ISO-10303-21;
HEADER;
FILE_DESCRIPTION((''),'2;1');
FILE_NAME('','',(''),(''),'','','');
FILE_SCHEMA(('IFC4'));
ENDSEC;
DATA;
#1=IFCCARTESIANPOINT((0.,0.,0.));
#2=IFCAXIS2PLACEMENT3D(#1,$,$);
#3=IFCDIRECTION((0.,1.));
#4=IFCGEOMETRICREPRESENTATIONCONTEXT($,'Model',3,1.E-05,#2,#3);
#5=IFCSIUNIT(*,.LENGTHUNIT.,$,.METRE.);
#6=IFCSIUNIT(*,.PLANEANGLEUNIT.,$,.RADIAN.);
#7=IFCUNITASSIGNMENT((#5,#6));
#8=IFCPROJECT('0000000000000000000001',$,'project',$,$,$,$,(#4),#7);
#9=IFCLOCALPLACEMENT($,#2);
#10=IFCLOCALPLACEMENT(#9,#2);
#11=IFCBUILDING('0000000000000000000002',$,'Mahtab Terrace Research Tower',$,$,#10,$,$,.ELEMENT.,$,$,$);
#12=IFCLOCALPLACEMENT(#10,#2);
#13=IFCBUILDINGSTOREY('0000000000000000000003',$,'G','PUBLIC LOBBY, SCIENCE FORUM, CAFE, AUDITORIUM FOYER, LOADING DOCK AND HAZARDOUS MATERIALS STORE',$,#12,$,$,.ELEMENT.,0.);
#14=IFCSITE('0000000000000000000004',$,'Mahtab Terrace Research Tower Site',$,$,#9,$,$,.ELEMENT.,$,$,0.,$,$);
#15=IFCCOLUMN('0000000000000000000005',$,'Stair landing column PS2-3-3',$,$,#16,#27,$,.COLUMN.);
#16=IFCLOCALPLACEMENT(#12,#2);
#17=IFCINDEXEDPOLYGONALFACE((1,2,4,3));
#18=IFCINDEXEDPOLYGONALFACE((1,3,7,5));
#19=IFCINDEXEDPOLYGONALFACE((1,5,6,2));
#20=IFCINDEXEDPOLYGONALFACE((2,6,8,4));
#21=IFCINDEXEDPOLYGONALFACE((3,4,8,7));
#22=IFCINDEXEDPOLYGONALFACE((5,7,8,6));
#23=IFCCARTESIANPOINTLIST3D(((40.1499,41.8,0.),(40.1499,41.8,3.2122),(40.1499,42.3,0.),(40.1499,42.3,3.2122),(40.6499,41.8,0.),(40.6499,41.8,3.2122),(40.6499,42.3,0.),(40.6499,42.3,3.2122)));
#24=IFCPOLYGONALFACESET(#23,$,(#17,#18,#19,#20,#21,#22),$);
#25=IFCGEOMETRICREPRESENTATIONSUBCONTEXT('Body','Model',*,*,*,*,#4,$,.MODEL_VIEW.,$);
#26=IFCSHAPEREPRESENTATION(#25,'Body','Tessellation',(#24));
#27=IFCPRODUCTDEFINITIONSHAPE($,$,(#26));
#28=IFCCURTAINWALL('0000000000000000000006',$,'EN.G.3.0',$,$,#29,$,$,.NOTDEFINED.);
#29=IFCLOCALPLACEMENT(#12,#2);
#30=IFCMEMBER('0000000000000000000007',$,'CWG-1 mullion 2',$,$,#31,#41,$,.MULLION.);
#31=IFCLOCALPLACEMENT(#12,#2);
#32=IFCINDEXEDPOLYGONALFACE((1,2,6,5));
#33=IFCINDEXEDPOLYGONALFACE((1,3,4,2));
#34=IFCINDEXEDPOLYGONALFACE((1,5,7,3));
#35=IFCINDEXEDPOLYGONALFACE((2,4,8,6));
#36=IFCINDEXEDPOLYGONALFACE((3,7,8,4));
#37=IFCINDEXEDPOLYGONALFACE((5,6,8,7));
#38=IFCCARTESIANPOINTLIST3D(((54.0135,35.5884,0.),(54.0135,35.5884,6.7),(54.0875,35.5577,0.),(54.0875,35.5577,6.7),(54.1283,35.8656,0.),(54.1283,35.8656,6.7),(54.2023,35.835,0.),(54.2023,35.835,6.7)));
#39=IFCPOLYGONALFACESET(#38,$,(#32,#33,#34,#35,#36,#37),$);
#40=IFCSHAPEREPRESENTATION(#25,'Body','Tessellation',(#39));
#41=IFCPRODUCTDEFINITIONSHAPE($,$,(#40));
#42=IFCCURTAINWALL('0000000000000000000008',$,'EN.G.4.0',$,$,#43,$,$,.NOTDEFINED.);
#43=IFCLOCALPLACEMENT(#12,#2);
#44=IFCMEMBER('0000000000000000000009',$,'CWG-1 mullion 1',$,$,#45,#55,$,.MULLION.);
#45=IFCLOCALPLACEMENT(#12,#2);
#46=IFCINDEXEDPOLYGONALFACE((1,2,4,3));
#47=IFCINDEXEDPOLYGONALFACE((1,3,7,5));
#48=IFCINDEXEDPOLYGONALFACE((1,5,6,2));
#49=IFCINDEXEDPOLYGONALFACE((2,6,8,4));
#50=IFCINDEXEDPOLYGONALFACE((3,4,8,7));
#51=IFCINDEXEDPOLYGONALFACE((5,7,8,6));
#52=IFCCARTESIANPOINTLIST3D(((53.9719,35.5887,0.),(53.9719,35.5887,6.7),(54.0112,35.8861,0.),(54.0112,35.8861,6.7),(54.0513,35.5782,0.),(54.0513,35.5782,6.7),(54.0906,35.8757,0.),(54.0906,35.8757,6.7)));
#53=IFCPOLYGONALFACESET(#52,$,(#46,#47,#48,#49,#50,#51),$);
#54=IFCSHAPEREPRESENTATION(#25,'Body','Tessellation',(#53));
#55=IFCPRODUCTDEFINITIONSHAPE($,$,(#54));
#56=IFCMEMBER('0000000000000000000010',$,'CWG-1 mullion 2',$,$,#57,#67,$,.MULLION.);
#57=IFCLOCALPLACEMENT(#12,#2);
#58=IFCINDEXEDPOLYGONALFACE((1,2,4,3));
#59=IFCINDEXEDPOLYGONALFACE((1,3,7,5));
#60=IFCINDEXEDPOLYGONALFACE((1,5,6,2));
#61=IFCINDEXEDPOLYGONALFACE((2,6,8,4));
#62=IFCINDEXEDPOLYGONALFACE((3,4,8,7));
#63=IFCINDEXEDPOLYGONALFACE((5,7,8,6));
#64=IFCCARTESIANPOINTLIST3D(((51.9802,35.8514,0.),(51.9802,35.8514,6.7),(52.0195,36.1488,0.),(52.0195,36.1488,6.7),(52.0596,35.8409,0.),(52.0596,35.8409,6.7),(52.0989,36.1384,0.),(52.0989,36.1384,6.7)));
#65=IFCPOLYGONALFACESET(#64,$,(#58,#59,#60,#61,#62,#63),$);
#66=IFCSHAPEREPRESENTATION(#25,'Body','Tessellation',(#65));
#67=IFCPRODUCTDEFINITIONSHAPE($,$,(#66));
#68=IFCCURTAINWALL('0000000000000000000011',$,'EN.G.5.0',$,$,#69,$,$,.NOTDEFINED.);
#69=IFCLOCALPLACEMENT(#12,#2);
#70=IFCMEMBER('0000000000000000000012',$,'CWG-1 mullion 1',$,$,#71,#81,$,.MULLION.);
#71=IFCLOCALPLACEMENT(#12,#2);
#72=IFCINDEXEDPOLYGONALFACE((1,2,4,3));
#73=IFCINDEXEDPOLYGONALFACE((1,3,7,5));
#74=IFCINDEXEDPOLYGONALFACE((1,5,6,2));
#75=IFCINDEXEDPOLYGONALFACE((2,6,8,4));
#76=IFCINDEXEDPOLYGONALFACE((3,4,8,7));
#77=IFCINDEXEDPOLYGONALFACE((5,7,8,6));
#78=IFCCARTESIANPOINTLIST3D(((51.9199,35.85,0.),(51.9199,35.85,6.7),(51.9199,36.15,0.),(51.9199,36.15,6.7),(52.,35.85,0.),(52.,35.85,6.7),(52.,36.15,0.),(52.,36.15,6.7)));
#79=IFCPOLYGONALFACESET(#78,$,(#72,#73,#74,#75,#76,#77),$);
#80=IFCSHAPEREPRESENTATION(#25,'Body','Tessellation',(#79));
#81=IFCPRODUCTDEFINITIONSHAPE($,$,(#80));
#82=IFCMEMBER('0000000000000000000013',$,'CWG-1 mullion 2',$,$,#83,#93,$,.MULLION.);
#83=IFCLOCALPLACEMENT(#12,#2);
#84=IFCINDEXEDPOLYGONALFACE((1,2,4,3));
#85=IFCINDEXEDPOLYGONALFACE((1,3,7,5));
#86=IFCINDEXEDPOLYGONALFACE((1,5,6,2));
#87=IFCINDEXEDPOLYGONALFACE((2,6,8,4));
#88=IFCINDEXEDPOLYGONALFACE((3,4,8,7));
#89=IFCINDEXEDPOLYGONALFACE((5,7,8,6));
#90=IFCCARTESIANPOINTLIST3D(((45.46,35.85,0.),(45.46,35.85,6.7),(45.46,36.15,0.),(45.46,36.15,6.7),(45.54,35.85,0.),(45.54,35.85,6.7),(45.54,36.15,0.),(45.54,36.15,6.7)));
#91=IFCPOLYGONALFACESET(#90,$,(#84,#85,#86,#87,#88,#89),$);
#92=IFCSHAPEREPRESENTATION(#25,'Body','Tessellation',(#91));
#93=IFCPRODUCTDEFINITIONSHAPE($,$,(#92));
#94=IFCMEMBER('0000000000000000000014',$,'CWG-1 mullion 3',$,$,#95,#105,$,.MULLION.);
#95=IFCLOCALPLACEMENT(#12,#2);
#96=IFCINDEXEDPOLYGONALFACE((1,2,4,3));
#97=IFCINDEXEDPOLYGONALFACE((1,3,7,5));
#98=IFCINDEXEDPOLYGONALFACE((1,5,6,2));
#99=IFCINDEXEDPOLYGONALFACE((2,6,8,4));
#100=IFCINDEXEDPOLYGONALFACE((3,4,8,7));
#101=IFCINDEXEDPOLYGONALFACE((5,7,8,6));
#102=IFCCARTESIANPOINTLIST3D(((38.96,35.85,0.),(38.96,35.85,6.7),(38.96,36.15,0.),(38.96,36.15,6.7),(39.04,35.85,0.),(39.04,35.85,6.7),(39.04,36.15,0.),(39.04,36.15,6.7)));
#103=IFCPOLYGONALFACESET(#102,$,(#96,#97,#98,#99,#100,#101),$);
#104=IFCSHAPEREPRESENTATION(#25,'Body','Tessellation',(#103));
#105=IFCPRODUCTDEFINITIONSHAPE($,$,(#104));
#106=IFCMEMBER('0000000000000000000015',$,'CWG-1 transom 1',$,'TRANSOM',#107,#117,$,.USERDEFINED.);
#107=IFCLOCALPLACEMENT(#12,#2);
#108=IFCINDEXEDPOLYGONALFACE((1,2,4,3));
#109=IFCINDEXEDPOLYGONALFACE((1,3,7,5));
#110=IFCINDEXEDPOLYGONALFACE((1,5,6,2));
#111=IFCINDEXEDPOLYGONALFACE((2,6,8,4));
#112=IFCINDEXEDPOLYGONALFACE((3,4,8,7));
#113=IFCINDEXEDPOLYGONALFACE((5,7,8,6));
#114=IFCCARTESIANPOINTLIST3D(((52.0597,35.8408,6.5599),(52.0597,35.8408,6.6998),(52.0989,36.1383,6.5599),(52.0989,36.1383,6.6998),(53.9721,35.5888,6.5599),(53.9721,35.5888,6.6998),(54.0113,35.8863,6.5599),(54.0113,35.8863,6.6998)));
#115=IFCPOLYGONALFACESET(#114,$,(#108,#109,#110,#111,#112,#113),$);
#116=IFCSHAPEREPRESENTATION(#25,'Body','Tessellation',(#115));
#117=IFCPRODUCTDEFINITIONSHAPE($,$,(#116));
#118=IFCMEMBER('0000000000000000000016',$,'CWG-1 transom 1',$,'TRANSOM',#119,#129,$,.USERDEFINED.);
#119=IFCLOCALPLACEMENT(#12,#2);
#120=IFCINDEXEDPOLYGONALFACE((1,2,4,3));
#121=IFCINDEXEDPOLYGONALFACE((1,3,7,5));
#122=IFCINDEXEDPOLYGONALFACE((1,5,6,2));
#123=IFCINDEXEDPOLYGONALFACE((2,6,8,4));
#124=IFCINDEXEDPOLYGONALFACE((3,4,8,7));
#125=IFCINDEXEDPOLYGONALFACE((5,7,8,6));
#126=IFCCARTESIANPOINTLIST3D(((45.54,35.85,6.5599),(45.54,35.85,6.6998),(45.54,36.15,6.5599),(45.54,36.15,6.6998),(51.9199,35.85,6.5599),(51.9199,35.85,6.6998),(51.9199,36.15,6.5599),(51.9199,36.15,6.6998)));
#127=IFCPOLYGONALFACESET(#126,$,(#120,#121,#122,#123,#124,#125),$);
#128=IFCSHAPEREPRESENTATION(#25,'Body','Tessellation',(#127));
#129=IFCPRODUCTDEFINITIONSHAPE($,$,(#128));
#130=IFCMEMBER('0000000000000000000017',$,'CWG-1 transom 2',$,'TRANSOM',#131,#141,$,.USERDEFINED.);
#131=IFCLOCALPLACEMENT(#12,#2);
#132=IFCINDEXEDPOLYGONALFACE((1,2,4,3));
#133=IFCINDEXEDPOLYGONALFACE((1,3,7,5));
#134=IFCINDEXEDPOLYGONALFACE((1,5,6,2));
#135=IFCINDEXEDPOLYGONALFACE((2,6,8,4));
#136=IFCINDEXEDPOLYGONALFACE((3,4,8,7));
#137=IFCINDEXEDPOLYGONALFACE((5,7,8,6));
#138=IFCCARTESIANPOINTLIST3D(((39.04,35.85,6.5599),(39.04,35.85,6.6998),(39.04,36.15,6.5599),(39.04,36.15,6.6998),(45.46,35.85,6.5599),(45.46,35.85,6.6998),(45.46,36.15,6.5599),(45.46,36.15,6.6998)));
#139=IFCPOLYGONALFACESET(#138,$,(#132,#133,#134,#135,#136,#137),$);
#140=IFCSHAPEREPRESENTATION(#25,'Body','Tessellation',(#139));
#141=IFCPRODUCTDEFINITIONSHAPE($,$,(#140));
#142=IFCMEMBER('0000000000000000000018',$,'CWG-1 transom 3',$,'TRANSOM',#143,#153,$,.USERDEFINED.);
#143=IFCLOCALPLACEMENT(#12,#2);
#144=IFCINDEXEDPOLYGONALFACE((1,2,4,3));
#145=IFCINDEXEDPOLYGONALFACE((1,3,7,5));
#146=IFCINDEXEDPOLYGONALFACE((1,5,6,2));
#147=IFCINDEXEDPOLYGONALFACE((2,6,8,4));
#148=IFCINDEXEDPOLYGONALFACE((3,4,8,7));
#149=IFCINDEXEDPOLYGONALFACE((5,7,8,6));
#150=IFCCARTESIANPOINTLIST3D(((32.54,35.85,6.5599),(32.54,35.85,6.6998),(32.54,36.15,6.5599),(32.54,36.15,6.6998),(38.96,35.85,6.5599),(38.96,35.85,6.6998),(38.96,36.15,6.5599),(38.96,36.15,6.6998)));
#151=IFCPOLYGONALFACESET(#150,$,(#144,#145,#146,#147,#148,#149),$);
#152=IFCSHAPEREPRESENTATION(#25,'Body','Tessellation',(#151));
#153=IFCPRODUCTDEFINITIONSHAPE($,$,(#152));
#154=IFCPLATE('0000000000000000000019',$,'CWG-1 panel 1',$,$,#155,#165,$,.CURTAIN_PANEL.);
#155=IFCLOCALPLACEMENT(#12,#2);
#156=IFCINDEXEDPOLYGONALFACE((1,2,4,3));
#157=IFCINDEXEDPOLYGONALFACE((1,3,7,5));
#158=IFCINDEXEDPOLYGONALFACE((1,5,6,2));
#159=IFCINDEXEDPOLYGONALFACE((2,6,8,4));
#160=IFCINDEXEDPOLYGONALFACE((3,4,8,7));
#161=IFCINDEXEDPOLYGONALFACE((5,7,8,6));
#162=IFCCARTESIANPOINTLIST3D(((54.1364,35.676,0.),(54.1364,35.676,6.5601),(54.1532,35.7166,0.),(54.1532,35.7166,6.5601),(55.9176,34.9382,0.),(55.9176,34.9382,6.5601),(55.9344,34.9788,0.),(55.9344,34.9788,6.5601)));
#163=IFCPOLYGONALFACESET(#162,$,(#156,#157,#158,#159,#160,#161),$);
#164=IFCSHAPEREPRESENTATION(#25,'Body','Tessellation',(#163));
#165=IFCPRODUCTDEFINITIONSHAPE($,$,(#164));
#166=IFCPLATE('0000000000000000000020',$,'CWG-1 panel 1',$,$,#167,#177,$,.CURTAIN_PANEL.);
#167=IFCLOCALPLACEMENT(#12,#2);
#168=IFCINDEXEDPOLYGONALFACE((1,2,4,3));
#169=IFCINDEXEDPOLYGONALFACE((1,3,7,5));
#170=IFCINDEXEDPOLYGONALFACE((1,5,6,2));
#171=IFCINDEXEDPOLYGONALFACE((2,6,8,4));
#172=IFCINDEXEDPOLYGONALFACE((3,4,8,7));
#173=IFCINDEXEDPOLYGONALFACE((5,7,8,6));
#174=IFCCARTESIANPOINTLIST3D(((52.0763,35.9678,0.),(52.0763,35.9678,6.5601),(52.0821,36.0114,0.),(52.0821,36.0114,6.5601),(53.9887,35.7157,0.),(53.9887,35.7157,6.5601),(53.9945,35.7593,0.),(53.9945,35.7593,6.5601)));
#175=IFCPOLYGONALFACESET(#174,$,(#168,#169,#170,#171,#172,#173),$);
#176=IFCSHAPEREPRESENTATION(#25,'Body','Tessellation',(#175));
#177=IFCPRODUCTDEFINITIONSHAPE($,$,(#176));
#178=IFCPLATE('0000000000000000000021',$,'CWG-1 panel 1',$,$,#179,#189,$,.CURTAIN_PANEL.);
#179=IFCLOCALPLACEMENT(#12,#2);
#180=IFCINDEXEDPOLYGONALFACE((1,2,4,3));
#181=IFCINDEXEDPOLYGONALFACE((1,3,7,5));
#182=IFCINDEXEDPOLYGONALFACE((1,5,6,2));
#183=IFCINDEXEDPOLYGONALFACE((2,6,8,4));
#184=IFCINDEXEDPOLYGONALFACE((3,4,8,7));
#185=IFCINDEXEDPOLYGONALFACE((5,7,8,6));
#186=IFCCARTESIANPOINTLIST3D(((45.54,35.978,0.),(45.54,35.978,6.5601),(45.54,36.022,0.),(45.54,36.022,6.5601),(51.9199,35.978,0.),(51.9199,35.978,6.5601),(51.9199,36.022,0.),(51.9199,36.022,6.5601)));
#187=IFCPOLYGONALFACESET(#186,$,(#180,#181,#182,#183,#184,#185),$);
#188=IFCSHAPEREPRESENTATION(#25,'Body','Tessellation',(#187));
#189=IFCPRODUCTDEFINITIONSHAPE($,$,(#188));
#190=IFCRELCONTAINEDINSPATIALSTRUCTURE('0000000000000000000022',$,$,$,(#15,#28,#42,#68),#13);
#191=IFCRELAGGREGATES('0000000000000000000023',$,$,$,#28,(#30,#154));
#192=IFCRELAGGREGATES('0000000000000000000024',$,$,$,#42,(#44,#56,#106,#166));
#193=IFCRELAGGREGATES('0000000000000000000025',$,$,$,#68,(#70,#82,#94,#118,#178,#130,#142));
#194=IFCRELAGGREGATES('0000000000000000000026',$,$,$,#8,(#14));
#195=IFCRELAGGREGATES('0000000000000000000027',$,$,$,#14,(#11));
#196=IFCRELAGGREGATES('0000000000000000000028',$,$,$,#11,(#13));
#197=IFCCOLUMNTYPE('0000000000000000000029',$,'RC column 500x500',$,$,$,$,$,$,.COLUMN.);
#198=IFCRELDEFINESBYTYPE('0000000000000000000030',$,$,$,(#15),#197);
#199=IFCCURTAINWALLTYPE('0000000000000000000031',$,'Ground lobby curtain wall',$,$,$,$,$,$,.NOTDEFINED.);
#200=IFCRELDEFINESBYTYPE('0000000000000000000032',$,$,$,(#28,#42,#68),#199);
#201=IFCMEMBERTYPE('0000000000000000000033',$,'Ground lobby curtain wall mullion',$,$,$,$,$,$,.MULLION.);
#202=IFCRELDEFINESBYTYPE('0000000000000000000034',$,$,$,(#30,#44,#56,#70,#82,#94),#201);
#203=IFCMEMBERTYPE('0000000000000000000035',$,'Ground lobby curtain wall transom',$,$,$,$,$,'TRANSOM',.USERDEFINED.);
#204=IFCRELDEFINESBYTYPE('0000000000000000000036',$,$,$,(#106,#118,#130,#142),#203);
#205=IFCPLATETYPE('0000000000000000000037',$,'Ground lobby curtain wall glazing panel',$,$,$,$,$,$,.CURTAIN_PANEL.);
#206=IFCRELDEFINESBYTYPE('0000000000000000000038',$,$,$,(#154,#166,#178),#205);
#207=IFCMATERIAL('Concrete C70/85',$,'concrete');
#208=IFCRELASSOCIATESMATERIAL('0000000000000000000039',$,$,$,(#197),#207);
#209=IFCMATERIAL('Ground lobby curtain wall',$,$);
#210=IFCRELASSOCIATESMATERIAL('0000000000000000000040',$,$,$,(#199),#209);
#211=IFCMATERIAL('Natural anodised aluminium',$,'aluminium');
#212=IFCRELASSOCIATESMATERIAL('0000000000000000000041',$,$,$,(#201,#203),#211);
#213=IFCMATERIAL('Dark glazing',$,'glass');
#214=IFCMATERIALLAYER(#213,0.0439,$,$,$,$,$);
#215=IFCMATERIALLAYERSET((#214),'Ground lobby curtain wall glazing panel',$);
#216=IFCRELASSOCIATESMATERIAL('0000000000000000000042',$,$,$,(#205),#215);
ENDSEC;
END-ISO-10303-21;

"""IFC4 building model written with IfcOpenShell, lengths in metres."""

from ifc_helpers import new_model, si_unit, direction, frame, origin, origin_2d, place, context, subcontext, project, spatial, rectangle, extrude, material, layer, layer_set, material_profile, profile_set, type_object, element, aggregate, save


model = new_model("IFC4")

# Units and contexts
model_context = context("Model", 3, precision=1e-05, world=origin(), true_north=direction((0.0, 1.0)))
body_context = subcontext(model_context, "Body", "Model", "MODEL_VIEW")
ifc_project = project(units=[si_unit("LENGTHUNIT", "METRE"), si_unit("PLANEANGLEUNIT", "RADIAN")], contexts=[model_context])

# Site, building, storey
site_placement = place(None, origin())
site = spatial("IfcSite", under=ifc_project, at=site_placement, Name="Mahtab Terrace Research Tower Site", CompositionType="ELEMENT", RefElevation=0.0)
building_placement = place(site_placement, origin())
building = spatial("IfcBuilding", under=site, at=building_placement, Name="Mahtab Terrace Research Tower", CompositionType="ELEMENT")
storey_placement = place(building_placement, origin())
storey = spatial("IfcBuildingStorey", under=building, at=storey_placement, Name="G", Description="PUBLIC LOBBY, SCIENCE FORUM, CAFE, AUDITORIUM FOYER, LOADING DOCK AND HAZARDOUS MATERIALS STORE", CompositionType="ELEMENT", Elevation=0.0)

# Column
ifc_material_1 = material(Name="Concrete C70/85", Category="concrete")
ifc_material_profile_1 = material_profile(ifc_material_1, rectangle(XDim=0.5, YDim=0.5, at=origin_2d()), Name="RC column 500x500")
ifc_profile_set_1 = profile_set([ifc_material_profile_1], Name="Concrete C70/85")
column_type = type_object("IfcColumnType", Name="RC column 500x500", PredefinedType="COLUMN", material=ifc_profile_set_1)
column_placement = place(storey_placement, frame((40.3999, 42.05, 0.0), z_axis=(0.0, 0.0, 1.0), x_axis=(1.0, 0.0, 0.0)))
element("IfcColumn", 1, at=column_placement, inside=storey, type_object=column_type, Name="Stair landing column PS2-3-3", PredefinedType="COLUMN", context=body_context, shape_type="SweptSolid", body=[
    extrude(rectangle(XDim=0.5, YDim=0.5, at=origin_2d()), origin(), (0.0, 0.0, 1.0), 3.2122),
])

# Curtain wall, member
ifc_material_2 = material(Name="Ground lobby curtain wall")
curtain_wall_type = type_object("IfcCurtainWallType", Name="Ground lobby curtain wall", PredefinedType="NOTDEFINED", material=ifc_material_2)
curtain_wall_1_placement = place(storey_placement, origin())
curtain_wall_1 = element("IfcCurtainWall", 2, at=curtain_wall_1_placement, inside=storey, type_object=curtain_wall_type, Name="EN.G.3.0", PredefinedType="NOTDEFINED")
ifc_material_3 = material(Name="Natural anodised aluminium", Category="aluminium")
ifc_material_profile_2 = material_profile(ifc_material_3, rectangle(XDim=0.3, YDim=0.0801, at=origin_2d()), Name="MULLION 80x300")
ifc_profile_set_2 = profile_set([ifc_material_profile_2], Name="Natural anodised aluminium")
member_type_1 = type_object("IfcMemberType", Name="Ground lobby curtain wall mullion", PredefinedType="MULLION", material=ifc_profile_set_2)
member_1_placement = place(storey_placement, frame((54.1079, 35.7117, 0.0), z_axis=(0.0, 0.0, 1.0), x_axis=(-0.382676, -0.923883, 0.0)))
member_1 = element("IfcMember", 3, at=member_1_placement, type_object=member_type_1, Name="CWG-1 mullion 2", PredefinedType="MULLION", context=body_context, shape_type="SweptSolid", body=[
    extrude(rectangle(XDim=0.3, YDim=0.0801, at=origin_2d()), origin(), (0.0, 0.0, 1.0), 6.7),
])

# Curtain walls, members
curtain_wall_2_placement = place(storey_placement, origin())
curtain_wall_2 = element("IfcCurtainWall", 4, at=curtain_wall_2_placement, inside=storey, type_object=curtain_wall_type, Name="EN.G.4.0", PredefinedType="NOTDEFINED")
member_2_placement = place(storey_placement, frame((54.0312, 35.7322, 0.0), z_axis=(0.0, 0.0, 1.0), x_axis=(-0.13069, -0.991423, 0.0)))
member_2 = element("IfcMember", 5, at=member_2_placement, type_object=member_type_1, Name="CWG-1 mullion 1", PredefinedType="MULLION", context=body_context, shape_type="SweptSolid", body=[
    extrude(rectangle(XDim=0.3, YDim=0.0801, at=origin_2d()), origin(), (0.0, 0.0, 1.0), 6.7),
])
member_3_placement = place(storey_placement, frame((52.0396, 35.9949, 0.0), z_axis=(0.0, 0.0, 1.0), x_axis=(-0.13069, -0.991423, 0.0)))
member_3 = element("IfcMember", 6, at=member_3_placement, type_object=member_type_1, Name="CWG-1 mullion 2", PredefinedType="MULLION", context=body_context, shape_type="SweptSolid", body=[
    extrude(rectangle(XDim=0.3, YDim=0.0801, at=origin_2d()), origin(), (0.0, 0.0, 1.0), 6.7),
])
curtain_wall_3_placement = place(storey_placement, origin())
curtain_wall_3 = element("IfcCurtainWall", 7, at=curtain_wall_3_placement, inside=storey, type_object=curtain_wall_type, Name="EN.G.5.0", PredefinedType="NOTDEFINED")
member_4_placement = place(storey_placement, frame((51.96, 36.0, 0.0), z_axis=(0.0, 0.0, 1.0), x_axis=(0.0, -1.0, 0.0)))
member_4 = element("IfcMember", 8, at=member_4_placement, type_object=member_type_1, Name="CWG-1 mullion 1", PredefinedType="MULLION", context=body_context, shape_type="SweptSolid", body=[
    extrude(rectangle(XDim=0.3, YDim=0.0801, at=origin_2d()), origin(), (0.0, 0.0, 1.0), 6.7),
])
member_5_placement = place(storey_placement, frame((45.5, 36.0, 0.0), z_axis=(0.0, 0.0, 1.0), x_axis=(0.0, -1.0, 0.0)))
member_5 = element("IfcMember", 9, at=member_5_placement, type_object=member_type_1, Name="CWG-1 mullion 2", PredefinedType="MULLION", context=body_context, shape_type="SweptSolid", body=[
    extrude(rectangle(XDim=0.3, YDim=0.0801, at=origin_2d()), origin(), (0.0, 0.0, 1.0), 6.7),
])
member_6_placement = place(storey_placement, frame((39.0, 36.0, 0.0), z_axis=(0.0, 0.0, 1.0), x_axis=(0.0, -1.0, 0.0)))
member_6 = element("IfcMember", 10, at=member_6_placement, type_object=member_type_1, Name="CWG-1 mullion 3", PredefinedType="MULLION", context=body_context, shape_type="SweptSolid", body=[
    extrude(rectangle(XDim=0.3, YDim=0.0801, at=origin_2d()), origin(), (0.0, 0.0, 1.0), 6.7),
])

# Members
ifc_material_profile_3 = material_profile(ifc_material_3, rectangle(XDim=0.3, YDim=0.1399, at=origin_2d()), Name="TRANSOM 140x300")
ifc_profile_set_3 = profile_set([ifc_material_profile_3], Name="Natural anodised aluminium")
member_type_2 = type_object("IfcMemberType", Name="Ground lobby curtain wall transom", ElementType="TRANSOM", PredefinedType="USERDEFINED", material=ifc_profile_set_3)
member_7_placement = place(storey_placement, frame((53.9917, 35.7375, 6.6299), z_axis=(-0.991432, 0.130621, 0.0), x_axis=(-0.130621, -0.991432, 0.0)))
member_7 = element("IfcMember", 11, at=member_7_placement, type_object=member_type_2, Name="CWG-1 transom 1", ObjectType="TRANSOM", PredefinedType="USERDEFINED", context=body_context, shape_type="SweptSolid", body=[
    extrude(rectangle(XDim=0.3, YDim=0.1399, at=origin_2d()), origin(), (0.0, 0.0, 1.0), 1.929),
])
member_8_placement = place(storey_placement, frame((51.9199, 36.0, 6.6299), z_axis=(-1.0, 0.0, 0.0), x_axis=(0.0, -1.0, 0.0)))
member_8 = element("IfcMember", 12, at=member_8_placement, type_object=member_type_2, Name="CWG-1 transom 1", ObjectType="TRANSOM", PredefinedType="USERDEFINED", context=body_context, shape_type="SweptSolid", body=[
    extrude(rectangle(XDim=0.3, YDim=0.1399, at=origin_2d()), origin(), (0.0, 0.0, 1.0), 6.3799),
])
member_9_placement = place(storey_placement, frame((45.46, 36.0, 6.6299), z_axis=(-1.0, 0.0, 0.0), x_axis=(0.0, -1.0, 0.0)))
member_9 = element("IfcMember", 13, at=member_9_placement, type_object=member_type_2, Name="CWG-1 transom 2", ObjectType="TRANSOM", PredefinedType="USERDEFINED", context=body_context, shape_type="SweptSolid", body=[
    extrude(rectangle(XDim=0.3, YDim=0.1399, at=origin_2d()), origin(), (0.0, 0.0, 1.0), 6.4199),
])
member_10_placement = place(storey_placement, frame((38.96, 36.0, 6.6299), z_axis=(-1.0, 0.0, 0.0), x_axis=(0.0, -1.0, 0.0)))
member_10 = element("IfcMember", 14, at=member_10_placement, type_object=member_type_2, Name="CWG-1 transom 3", ObjectType="TRANSOM", PredefinedType="USERDEFINED", context=body_context, shape_type="SweptSolid", body=[
    extrude(rectangle(XDim=0.3, YDim=0.1399, at=origin_2d()), origin(), (0.0, 0.0, 1.0), 6.4199),
])

# Plates
ifc_material_4 = material(Name="Dark glazing", Category="glass")
ifc_layer_1 = layer(ifc_material_4, 0.0439)
ifc_layer_set_1 = layer_set([ifc_layer_1], Name="Ground lobby curtain wall glazing panel")
plate_type = type_object("IfcPlateType", Name="Ground lobby curtain wall glazing panel", PredefinedType="CURTAIN_PANEL", material=ifc_layer_set_1)
plate_1_placement = place(storey_placement, frame((55.0354, 35.3274, 0.0), z_axis=(0.0, 0.0, 1.0), x_axis=(-0.923883, 0.382676, 0.0)))
plate_1 = element("IfcPlate", 15, at=plate_1_placement, type_object=plate_type, Name="CWG-1 panel 1", PredefinedType="CURTAIN_PANEL", context=body_context, shape_type="SweptSolid", body=[
    extrude(rectangle(XDim=1.928, YDim=0.0439, at=origin_2d()), origin(), (0.0, 0.0, 1.0), 6.5601),
])
aggregate(curtain_wall_1, [member_1, plate_1])
plate_2_placement = place(storey_placement, frame((53.0354, 35.8635, 0.0), z_axis=(0.0, 0.0, 1.0), x_axis=(-0.991423, 0.13069, 0.0)))
plate_2 = element("IfcPlate", 16, at=plate_2_placement, type_object=plate_type, Name="CWG-1 panel 1", PredefinedType="CURTAIN_PANEL", context=body_context, shape_type="SweptSolid", body=[
    extrude(rectangle(XDim=1.929, YDim=0.0439, at=origin_2d()), origin(), (0.0, 0.0, 1.0), 6.5601),
])
aggregate(curtain_wall_2, [member_2, member_3, member_7, plate_2])
plate_3_placement = place(storey_placement, frame((48.73, 36.0, 0.0), z_axis=(0.0, 0.0, 1.0), x_axis=(-1.0, 0.0, 0.0)))
plate_3 = element("IfcPlate", 17, at=plate_3_placement, type_object=plate_type, Name="CWG-1 panel 1", PredefinedType="CURTAIN_PANEL", context=body_context, shape_type="SweptSolid", body=[
    extrude(rectangle(XDim=6.3799, YDim=0.0439, at=origin_2d()), origin(), (0.0, 0.0, 1.0), 6.5601),
])
aggregate(curtain_wall_3, [member_4, member_5, member_6, member_8, plate_3, member_9, member_10])

save(model, "model.ifc")
